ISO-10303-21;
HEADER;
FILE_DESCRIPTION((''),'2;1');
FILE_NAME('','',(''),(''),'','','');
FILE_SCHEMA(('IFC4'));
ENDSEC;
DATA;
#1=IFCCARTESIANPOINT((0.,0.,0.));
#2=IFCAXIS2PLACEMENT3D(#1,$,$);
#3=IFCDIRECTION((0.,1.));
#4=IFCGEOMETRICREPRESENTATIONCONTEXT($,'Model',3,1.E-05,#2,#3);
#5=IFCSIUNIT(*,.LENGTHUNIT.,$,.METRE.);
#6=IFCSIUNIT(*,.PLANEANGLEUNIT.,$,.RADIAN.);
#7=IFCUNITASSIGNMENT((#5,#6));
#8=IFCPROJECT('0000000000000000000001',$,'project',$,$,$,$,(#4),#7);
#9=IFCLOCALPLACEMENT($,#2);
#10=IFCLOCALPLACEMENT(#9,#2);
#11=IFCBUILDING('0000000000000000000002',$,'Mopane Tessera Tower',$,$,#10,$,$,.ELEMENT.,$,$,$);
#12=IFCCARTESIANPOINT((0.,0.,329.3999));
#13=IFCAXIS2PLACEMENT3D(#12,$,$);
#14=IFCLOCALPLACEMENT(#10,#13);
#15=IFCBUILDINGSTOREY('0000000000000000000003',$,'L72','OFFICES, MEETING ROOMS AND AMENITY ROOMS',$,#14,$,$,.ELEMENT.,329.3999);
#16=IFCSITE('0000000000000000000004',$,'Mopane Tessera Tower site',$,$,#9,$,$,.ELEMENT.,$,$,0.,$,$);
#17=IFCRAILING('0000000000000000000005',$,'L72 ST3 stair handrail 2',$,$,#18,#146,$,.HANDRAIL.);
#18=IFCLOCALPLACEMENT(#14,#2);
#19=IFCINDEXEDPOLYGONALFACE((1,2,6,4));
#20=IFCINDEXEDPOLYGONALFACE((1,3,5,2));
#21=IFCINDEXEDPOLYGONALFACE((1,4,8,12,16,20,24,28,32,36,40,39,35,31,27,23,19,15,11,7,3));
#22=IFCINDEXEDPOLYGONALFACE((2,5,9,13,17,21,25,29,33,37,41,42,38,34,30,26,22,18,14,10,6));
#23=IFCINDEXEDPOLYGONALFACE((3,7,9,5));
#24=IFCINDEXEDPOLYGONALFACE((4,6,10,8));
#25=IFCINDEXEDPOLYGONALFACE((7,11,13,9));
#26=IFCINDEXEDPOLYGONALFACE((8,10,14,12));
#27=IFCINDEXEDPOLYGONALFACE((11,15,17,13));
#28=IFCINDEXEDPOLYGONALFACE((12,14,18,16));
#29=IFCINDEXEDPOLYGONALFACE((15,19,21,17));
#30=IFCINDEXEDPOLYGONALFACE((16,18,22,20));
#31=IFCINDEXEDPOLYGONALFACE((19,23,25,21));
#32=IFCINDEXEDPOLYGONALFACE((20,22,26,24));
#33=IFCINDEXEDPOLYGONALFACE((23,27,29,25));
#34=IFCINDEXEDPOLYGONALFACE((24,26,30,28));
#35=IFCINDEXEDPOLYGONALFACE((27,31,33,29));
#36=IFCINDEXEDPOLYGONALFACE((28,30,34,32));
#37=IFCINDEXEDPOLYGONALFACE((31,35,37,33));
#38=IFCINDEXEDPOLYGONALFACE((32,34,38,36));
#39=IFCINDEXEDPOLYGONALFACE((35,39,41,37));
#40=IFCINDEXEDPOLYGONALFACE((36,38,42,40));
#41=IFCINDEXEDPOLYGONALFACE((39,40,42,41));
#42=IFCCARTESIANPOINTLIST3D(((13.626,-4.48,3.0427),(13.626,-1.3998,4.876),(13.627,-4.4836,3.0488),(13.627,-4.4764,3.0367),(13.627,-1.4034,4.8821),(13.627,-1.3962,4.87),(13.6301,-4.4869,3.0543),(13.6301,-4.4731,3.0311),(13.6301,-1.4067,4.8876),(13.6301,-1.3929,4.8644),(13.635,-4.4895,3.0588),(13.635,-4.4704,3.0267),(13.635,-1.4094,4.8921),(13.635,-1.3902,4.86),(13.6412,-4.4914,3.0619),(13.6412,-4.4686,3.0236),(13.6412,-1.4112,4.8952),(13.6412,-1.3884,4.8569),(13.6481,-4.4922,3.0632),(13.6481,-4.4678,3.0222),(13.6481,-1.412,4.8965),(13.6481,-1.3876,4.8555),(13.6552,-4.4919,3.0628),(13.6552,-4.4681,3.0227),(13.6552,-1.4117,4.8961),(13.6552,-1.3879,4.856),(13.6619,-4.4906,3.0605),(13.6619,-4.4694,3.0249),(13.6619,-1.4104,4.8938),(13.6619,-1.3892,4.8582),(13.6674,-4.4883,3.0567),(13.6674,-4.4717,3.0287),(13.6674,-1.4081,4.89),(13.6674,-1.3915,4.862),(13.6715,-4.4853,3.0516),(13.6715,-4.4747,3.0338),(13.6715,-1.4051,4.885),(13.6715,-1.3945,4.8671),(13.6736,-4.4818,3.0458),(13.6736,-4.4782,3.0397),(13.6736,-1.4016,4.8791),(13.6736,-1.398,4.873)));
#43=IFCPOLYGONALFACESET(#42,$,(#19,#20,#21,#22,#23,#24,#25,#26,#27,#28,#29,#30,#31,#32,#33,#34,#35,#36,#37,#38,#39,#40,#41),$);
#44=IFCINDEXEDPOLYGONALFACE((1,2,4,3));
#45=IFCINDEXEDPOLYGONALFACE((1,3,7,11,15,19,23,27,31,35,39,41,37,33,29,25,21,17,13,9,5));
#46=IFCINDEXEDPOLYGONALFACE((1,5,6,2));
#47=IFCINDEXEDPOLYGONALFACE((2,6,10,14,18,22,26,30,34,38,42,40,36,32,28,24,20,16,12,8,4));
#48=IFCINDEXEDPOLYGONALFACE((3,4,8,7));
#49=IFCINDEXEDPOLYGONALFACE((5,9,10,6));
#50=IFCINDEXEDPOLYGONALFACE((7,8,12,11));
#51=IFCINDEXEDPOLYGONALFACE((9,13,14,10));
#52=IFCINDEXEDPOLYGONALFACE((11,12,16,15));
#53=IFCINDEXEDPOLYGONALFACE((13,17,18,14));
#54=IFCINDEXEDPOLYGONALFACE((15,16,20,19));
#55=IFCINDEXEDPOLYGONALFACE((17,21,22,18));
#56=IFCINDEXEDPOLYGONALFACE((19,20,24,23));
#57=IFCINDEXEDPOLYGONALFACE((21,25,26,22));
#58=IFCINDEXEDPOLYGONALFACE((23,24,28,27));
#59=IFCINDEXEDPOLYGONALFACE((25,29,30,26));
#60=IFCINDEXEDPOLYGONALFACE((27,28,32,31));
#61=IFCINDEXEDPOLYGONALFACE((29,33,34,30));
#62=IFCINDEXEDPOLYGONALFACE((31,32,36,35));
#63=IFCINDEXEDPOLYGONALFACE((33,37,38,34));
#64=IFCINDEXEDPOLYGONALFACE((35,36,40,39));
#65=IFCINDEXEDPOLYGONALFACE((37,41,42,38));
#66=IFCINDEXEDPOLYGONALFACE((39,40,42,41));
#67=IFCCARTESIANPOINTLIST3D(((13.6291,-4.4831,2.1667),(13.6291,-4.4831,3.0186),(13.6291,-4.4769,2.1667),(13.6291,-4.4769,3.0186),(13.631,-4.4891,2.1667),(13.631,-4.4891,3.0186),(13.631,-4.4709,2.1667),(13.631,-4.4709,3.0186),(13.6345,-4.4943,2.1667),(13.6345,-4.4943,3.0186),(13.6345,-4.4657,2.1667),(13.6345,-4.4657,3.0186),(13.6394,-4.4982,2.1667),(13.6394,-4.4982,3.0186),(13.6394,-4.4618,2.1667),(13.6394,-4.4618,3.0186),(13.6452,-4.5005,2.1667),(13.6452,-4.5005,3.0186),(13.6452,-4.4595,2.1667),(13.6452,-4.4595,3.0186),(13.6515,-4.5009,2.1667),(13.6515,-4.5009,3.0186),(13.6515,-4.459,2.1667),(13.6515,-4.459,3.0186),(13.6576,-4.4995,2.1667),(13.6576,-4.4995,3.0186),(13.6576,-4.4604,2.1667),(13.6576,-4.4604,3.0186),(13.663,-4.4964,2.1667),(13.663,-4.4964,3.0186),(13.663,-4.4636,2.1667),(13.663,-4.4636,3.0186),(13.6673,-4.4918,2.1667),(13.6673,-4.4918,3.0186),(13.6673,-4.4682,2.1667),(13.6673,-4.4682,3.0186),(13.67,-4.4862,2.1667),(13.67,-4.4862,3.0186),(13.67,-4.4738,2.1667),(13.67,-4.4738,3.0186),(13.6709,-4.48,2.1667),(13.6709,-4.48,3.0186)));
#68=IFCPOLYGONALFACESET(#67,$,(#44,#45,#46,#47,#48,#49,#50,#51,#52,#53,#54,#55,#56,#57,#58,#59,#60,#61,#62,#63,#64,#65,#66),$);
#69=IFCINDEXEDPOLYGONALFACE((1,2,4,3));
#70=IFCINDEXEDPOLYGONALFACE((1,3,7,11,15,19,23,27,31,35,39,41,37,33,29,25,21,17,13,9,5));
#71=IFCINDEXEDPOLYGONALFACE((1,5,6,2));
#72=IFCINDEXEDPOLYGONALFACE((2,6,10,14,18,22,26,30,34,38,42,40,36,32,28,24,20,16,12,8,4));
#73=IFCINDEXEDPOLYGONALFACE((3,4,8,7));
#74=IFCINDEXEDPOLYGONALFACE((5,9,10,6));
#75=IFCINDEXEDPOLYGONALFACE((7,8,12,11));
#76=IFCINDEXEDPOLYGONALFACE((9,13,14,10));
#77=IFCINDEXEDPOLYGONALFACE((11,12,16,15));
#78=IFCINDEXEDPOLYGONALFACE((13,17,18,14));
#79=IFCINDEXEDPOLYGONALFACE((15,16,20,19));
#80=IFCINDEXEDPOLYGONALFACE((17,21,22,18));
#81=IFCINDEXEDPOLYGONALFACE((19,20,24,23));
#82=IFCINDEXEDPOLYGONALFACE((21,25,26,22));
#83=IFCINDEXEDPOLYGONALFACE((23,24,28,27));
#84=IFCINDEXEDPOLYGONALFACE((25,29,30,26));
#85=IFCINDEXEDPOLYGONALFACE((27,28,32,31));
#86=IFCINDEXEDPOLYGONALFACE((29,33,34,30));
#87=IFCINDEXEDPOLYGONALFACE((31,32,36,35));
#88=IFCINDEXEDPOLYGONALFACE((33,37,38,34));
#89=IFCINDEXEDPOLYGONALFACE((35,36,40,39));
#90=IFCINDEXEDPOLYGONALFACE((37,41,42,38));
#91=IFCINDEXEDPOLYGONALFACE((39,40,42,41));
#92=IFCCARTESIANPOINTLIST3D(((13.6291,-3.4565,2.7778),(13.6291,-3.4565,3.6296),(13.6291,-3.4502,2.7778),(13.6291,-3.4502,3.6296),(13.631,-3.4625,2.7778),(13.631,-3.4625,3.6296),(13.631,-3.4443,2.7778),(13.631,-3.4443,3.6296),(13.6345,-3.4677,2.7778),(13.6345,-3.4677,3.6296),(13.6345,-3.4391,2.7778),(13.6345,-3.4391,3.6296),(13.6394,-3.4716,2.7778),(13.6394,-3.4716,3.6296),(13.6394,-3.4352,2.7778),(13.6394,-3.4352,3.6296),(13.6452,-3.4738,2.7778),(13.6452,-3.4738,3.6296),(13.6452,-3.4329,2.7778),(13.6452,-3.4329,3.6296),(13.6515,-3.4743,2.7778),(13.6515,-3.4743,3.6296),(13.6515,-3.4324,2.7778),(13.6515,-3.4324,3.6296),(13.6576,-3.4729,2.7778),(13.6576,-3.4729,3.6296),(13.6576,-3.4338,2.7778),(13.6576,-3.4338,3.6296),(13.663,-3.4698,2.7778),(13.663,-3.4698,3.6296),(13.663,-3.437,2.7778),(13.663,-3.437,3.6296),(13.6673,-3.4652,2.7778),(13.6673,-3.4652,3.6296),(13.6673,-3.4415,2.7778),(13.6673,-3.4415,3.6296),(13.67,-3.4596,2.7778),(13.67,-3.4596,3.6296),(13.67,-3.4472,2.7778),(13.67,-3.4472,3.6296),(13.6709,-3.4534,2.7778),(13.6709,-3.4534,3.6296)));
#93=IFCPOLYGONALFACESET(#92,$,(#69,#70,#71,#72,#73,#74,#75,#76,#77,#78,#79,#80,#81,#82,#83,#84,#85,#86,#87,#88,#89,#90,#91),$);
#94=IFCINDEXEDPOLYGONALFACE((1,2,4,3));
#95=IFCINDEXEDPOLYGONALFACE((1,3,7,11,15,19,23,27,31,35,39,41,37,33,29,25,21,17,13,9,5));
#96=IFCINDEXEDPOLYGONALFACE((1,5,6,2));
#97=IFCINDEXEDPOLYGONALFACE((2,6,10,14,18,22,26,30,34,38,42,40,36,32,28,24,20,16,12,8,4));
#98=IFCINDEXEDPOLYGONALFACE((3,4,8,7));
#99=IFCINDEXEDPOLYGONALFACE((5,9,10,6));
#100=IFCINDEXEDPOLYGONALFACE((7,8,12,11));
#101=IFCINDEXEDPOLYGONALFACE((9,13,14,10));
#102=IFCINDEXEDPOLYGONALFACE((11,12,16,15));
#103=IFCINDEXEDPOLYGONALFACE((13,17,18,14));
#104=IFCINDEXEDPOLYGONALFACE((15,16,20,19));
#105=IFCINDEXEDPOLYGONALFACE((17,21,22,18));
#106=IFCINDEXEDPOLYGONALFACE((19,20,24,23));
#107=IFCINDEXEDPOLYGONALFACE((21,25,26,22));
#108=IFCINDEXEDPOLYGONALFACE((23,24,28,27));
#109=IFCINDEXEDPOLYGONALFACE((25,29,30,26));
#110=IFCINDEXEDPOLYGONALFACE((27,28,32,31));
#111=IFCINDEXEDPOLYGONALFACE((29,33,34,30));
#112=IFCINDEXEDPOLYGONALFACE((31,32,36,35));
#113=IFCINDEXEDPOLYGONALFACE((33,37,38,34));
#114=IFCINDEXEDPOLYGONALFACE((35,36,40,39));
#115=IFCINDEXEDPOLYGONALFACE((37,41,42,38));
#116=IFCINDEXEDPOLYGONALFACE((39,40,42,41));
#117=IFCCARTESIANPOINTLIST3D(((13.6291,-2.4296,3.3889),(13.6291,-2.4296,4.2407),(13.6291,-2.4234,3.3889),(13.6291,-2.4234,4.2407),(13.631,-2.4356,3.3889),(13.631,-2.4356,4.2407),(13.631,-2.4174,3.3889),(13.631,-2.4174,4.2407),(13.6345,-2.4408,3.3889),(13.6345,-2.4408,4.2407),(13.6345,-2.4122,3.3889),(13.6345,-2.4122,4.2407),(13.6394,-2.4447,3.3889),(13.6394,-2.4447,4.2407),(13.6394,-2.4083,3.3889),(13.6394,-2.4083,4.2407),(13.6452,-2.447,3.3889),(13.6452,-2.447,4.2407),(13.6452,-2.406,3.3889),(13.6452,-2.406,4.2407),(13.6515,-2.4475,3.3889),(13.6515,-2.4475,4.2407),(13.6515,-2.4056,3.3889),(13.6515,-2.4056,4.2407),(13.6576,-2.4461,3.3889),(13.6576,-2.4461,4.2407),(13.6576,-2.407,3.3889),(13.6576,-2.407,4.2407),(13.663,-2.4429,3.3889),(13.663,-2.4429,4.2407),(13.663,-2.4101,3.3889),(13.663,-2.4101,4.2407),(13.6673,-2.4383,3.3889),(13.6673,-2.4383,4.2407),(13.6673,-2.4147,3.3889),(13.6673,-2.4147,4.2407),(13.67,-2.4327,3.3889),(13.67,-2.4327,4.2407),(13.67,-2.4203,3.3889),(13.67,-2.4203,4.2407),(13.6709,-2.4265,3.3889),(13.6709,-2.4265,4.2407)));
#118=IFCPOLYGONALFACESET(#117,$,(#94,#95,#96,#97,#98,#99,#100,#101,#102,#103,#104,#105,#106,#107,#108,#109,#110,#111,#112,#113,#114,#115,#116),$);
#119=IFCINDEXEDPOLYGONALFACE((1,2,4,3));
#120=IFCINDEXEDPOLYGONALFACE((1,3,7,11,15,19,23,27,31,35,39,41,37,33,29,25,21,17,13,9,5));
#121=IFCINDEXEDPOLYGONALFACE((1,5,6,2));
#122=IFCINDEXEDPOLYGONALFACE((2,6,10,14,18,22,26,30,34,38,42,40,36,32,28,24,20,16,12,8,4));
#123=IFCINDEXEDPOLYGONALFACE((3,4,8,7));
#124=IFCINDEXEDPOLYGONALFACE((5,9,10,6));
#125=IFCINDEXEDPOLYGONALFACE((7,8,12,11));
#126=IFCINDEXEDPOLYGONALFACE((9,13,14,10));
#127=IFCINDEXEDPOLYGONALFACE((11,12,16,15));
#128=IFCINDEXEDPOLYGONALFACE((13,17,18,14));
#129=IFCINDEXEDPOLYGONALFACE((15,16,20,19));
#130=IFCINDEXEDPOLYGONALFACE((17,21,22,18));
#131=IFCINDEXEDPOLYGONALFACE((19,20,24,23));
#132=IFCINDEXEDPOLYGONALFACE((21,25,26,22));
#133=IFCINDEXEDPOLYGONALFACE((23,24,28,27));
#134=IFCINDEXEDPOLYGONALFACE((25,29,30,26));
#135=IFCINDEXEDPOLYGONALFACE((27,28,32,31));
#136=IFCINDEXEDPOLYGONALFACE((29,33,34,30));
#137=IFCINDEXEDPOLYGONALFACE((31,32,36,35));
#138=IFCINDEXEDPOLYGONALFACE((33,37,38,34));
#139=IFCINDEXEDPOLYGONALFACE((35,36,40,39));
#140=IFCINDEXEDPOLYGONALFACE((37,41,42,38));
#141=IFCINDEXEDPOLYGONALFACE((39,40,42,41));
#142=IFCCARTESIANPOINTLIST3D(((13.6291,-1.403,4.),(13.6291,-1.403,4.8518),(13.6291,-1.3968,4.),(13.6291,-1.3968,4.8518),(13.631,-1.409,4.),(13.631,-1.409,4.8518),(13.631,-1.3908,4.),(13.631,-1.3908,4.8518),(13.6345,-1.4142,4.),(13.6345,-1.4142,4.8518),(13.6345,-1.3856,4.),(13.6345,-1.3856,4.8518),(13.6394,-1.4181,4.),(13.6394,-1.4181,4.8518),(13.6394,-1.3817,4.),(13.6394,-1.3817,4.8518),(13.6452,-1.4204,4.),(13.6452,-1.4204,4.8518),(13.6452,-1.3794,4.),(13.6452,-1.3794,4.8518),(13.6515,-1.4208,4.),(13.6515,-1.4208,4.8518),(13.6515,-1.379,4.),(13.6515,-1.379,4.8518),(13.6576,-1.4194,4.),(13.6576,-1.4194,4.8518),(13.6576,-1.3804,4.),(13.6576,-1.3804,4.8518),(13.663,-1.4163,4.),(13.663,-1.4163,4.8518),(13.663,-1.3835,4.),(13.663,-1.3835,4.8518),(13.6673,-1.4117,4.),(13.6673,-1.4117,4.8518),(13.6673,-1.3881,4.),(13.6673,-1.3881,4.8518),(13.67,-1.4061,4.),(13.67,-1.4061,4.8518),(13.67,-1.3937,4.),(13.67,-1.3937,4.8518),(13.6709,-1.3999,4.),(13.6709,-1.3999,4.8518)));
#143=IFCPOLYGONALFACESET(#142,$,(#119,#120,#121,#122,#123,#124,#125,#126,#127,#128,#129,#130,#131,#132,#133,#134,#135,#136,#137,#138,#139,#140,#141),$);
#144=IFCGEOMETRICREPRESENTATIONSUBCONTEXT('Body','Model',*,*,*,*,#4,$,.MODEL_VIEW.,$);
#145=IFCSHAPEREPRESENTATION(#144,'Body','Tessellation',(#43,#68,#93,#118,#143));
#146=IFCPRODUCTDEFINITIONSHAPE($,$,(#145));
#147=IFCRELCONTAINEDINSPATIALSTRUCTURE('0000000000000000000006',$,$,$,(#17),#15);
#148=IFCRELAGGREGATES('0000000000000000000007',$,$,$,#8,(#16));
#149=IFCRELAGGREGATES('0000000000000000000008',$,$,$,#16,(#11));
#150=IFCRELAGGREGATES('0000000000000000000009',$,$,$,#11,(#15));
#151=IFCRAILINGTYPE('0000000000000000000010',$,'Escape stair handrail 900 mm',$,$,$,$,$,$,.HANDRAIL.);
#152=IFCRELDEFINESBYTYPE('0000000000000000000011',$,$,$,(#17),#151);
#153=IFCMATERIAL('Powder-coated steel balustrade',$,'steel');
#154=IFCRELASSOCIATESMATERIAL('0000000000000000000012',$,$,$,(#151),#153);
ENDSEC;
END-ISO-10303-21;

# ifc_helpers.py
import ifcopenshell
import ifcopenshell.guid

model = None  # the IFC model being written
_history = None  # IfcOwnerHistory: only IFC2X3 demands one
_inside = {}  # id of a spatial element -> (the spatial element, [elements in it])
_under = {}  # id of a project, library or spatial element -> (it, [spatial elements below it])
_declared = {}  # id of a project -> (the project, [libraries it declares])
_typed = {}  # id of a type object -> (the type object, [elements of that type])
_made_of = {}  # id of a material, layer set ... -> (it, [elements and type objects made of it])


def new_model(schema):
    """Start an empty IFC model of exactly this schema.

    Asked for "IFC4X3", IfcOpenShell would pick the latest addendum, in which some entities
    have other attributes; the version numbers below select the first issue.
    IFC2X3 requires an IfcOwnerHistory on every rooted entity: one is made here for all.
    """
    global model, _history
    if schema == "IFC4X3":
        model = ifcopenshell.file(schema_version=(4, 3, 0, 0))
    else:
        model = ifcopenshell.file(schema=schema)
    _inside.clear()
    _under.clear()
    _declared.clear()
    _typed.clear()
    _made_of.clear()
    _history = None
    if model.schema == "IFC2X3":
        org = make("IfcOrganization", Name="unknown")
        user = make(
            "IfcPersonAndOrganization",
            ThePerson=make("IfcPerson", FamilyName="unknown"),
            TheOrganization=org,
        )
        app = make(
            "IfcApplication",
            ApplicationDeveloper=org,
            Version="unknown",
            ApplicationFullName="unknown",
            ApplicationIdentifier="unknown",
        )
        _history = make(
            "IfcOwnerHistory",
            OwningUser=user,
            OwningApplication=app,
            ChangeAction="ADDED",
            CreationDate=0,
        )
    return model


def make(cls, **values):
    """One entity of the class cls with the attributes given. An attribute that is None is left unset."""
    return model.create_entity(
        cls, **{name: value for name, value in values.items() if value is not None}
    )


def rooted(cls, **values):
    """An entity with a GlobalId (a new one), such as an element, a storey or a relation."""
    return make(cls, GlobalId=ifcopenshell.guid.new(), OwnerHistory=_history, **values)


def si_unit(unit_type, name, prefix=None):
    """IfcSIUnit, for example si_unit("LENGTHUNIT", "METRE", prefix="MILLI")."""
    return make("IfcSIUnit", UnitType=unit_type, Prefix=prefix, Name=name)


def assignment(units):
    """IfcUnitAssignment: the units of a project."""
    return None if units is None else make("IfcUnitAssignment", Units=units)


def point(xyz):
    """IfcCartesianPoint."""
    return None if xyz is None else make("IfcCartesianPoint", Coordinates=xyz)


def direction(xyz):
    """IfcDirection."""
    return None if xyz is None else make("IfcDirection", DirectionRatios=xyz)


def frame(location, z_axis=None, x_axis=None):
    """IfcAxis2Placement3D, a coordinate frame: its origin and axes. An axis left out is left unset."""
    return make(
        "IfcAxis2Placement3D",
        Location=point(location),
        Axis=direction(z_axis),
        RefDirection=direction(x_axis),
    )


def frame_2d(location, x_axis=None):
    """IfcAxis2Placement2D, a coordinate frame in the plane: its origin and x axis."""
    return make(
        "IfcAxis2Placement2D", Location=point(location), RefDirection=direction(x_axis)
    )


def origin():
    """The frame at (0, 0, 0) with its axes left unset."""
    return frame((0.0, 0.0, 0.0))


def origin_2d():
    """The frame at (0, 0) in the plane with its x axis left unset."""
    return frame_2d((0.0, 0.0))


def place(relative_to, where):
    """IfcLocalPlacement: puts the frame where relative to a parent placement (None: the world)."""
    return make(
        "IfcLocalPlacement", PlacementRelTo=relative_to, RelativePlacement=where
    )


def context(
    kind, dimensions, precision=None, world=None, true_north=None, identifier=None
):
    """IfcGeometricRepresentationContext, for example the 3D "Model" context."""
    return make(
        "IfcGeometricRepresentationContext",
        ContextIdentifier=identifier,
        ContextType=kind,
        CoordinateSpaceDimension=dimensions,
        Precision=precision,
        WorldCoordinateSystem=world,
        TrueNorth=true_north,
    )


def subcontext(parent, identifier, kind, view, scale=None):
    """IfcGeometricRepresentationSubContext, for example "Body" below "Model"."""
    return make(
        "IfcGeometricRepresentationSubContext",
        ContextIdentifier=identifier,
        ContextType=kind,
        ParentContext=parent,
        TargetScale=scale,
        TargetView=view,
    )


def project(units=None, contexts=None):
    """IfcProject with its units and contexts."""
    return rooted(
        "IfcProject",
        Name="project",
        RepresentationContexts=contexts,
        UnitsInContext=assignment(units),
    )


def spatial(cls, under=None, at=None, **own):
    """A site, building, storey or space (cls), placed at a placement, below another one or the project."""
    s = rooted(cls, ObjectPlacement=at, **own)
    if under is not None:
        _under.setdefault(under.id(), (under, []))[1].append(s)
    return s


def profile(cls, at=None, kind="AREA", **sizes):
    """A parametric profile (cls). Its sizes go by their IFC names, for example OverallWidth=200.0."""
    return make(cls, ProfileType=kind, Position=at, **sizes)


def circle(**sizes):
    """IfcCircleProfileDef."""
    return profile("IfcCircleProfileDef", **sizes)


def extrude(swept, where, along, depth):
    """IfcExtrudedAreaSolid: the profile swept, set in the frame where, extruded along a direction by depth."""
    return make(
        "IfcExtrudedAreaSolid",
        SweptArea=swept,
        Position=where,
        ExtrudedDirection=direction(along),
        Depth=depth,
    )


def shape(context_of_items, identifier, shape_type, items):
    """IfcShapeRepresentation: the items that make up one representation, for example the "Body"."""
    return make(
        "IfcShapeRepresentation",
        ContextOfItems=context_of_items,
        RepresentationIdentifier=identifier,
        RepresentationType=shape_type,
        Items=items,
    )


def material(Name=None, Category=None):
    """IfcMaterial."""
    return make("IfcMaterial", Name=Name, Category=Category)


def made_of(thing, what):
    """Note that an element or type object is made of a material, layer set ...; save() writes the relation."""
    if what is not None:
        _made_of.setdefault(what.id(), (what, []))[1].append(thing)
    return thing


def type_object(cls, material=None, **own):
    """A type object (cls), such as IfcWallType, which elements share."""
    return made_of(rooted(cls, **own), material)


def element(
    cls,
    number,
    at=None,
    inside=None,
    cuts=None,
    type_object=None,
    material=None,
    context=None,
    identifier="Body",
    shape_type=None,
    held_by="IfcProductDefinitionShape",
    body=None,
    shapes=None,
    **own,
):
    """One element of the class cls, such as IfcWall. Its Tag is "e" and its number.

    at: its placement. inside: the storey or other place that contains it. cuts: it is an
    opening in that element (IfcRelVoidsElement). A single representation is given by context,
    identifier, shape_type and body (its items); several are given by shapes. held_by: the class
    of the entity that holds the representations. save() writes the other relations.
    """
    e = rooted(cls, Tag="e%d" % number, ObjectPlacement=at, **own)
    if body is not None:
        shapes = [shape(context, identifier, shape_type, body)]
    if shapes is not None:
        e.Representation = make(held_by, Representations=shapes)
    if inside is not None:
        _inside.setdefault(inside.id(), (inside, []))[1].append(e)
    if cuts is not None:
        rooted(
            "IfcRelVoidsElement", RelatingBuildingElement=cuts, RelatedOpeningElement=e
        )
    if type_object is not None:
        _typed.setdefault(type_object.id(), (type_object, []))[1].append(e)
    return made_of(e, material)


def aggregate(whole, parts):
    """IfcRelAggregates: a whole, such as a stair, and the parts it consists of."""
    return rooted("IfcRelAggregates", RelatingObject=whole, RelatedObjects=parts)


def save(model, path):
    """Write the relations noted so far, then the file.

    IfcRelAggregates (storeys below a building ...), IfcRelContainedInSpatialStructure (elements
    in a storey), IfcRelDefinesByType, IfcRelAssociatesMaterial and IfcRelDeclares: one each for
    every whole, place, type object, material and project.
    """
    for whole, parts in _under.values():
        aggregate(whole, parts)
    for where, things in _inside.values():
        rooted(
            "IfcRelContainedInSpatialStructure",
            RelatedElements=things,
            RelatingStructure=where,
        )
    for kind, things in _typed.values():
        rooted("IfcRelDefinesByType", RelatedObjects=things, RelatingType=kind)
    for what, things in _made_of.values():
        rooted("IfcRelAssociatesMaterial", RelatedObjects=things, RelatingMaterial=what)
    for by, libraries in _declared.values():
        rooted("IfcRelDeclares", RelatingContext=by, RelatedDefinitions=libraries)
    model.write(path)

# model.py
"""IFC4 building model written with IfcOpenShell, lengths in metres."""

from ifc_helpers import new_model, si_unit, direction, frame, origin, origin_2d, place, context, subcontext, project, spatial, circle, extrude, material, type_object, element, save


model = new_model("IFC4")

# Units and contexts
model_context = context("Model", 3, precision=1e-05, world=origin(), true_north=direction((0.0, 1.0)))
body_context = subcontext(model_context, "Body", "Model", "MODEL_VIEW")
ifc_project = project(units=[si_unit("LENGTHUNIT", "METRE"), si_unit("PLANEANGLEUNIT", "RADIAN")], contexts=[model_context])

# Site, building, storey
site_placement = place(None, origin())
site = spatial("IfcSite", under=ifc_project, at=site_placement, Name="Mopane Tessera Tower site", CompositionType="ELEMENT", RefElevation=0.0)
building_placement = place(site_placement, origin())
building = spatial("IfcBuilding", under=site, at=building_placement, Name="Mopane Tessera Tower", CompositionType="ELEMENT")
storey_placement = place(building_placement, frame((0.0, 0.0, 329.3999)))
storey = spatial("IfcBuildingStorey", under=building, at=storey_placement, Name="L72", Description="OFFICES, MEETING ROOMS AND AMENITY ROOMS", CompositionType="ELEMENT", Elevation=329.3999)

# Railing
ifc_material_1 = material(Name="Powder-coated steel balustrade", Category="steel")
railing_type_1 = type_object("IfcRailingType", Name="Escape stair handrail 900 mm", PredefinedType="HANDRAIL", material=ifc_material_1)
railing_1_placement = place(storey_placement, frame((13.6499, -4.48, 2.1667)))
element("IfcRailing", 1, at=railing_1_placement, inside=storey, type_object=railing_type_1, Name="L72 ST3 stair handrail 2", PredefinedType="HANDRAIL", context=body_context, shape_type="SweptSolid", body=[
    extrude(circle(Radius=0.0239, at=origin_2d()), frame((0.0, 0.0, 0.876), z_axis=(0.0, 0.859309, 0.511458), x_axis=(-1.0, 0.0, 0.0)), (0.0, 0.0, 1.0), 3.5845),
    extrude(circle(Radius=0.021, at=origin_2d()), origin(), (0.0, 0.0, 1.0), 0.8518),
    extrude(circle(Radius=0.021, at=origin_2d()), frame((0.0, 1.0266, 0.6111)), (0.0, 0.0, 1.0), 0.8518),
    extrude(circle(Radius=0.021, at=origin_2d()), frame((0.0, 2.0535, 1.2222)), (0.0, 0.0, 1.0), 0.8518),
    extrude(circle(Radius=0.021, at=origin_2d()), frame((0.0, 3.0801, 1.8333)), (0.0, 0.0, 1.0), 0.8518),
])

save(model, "model.ifc")
